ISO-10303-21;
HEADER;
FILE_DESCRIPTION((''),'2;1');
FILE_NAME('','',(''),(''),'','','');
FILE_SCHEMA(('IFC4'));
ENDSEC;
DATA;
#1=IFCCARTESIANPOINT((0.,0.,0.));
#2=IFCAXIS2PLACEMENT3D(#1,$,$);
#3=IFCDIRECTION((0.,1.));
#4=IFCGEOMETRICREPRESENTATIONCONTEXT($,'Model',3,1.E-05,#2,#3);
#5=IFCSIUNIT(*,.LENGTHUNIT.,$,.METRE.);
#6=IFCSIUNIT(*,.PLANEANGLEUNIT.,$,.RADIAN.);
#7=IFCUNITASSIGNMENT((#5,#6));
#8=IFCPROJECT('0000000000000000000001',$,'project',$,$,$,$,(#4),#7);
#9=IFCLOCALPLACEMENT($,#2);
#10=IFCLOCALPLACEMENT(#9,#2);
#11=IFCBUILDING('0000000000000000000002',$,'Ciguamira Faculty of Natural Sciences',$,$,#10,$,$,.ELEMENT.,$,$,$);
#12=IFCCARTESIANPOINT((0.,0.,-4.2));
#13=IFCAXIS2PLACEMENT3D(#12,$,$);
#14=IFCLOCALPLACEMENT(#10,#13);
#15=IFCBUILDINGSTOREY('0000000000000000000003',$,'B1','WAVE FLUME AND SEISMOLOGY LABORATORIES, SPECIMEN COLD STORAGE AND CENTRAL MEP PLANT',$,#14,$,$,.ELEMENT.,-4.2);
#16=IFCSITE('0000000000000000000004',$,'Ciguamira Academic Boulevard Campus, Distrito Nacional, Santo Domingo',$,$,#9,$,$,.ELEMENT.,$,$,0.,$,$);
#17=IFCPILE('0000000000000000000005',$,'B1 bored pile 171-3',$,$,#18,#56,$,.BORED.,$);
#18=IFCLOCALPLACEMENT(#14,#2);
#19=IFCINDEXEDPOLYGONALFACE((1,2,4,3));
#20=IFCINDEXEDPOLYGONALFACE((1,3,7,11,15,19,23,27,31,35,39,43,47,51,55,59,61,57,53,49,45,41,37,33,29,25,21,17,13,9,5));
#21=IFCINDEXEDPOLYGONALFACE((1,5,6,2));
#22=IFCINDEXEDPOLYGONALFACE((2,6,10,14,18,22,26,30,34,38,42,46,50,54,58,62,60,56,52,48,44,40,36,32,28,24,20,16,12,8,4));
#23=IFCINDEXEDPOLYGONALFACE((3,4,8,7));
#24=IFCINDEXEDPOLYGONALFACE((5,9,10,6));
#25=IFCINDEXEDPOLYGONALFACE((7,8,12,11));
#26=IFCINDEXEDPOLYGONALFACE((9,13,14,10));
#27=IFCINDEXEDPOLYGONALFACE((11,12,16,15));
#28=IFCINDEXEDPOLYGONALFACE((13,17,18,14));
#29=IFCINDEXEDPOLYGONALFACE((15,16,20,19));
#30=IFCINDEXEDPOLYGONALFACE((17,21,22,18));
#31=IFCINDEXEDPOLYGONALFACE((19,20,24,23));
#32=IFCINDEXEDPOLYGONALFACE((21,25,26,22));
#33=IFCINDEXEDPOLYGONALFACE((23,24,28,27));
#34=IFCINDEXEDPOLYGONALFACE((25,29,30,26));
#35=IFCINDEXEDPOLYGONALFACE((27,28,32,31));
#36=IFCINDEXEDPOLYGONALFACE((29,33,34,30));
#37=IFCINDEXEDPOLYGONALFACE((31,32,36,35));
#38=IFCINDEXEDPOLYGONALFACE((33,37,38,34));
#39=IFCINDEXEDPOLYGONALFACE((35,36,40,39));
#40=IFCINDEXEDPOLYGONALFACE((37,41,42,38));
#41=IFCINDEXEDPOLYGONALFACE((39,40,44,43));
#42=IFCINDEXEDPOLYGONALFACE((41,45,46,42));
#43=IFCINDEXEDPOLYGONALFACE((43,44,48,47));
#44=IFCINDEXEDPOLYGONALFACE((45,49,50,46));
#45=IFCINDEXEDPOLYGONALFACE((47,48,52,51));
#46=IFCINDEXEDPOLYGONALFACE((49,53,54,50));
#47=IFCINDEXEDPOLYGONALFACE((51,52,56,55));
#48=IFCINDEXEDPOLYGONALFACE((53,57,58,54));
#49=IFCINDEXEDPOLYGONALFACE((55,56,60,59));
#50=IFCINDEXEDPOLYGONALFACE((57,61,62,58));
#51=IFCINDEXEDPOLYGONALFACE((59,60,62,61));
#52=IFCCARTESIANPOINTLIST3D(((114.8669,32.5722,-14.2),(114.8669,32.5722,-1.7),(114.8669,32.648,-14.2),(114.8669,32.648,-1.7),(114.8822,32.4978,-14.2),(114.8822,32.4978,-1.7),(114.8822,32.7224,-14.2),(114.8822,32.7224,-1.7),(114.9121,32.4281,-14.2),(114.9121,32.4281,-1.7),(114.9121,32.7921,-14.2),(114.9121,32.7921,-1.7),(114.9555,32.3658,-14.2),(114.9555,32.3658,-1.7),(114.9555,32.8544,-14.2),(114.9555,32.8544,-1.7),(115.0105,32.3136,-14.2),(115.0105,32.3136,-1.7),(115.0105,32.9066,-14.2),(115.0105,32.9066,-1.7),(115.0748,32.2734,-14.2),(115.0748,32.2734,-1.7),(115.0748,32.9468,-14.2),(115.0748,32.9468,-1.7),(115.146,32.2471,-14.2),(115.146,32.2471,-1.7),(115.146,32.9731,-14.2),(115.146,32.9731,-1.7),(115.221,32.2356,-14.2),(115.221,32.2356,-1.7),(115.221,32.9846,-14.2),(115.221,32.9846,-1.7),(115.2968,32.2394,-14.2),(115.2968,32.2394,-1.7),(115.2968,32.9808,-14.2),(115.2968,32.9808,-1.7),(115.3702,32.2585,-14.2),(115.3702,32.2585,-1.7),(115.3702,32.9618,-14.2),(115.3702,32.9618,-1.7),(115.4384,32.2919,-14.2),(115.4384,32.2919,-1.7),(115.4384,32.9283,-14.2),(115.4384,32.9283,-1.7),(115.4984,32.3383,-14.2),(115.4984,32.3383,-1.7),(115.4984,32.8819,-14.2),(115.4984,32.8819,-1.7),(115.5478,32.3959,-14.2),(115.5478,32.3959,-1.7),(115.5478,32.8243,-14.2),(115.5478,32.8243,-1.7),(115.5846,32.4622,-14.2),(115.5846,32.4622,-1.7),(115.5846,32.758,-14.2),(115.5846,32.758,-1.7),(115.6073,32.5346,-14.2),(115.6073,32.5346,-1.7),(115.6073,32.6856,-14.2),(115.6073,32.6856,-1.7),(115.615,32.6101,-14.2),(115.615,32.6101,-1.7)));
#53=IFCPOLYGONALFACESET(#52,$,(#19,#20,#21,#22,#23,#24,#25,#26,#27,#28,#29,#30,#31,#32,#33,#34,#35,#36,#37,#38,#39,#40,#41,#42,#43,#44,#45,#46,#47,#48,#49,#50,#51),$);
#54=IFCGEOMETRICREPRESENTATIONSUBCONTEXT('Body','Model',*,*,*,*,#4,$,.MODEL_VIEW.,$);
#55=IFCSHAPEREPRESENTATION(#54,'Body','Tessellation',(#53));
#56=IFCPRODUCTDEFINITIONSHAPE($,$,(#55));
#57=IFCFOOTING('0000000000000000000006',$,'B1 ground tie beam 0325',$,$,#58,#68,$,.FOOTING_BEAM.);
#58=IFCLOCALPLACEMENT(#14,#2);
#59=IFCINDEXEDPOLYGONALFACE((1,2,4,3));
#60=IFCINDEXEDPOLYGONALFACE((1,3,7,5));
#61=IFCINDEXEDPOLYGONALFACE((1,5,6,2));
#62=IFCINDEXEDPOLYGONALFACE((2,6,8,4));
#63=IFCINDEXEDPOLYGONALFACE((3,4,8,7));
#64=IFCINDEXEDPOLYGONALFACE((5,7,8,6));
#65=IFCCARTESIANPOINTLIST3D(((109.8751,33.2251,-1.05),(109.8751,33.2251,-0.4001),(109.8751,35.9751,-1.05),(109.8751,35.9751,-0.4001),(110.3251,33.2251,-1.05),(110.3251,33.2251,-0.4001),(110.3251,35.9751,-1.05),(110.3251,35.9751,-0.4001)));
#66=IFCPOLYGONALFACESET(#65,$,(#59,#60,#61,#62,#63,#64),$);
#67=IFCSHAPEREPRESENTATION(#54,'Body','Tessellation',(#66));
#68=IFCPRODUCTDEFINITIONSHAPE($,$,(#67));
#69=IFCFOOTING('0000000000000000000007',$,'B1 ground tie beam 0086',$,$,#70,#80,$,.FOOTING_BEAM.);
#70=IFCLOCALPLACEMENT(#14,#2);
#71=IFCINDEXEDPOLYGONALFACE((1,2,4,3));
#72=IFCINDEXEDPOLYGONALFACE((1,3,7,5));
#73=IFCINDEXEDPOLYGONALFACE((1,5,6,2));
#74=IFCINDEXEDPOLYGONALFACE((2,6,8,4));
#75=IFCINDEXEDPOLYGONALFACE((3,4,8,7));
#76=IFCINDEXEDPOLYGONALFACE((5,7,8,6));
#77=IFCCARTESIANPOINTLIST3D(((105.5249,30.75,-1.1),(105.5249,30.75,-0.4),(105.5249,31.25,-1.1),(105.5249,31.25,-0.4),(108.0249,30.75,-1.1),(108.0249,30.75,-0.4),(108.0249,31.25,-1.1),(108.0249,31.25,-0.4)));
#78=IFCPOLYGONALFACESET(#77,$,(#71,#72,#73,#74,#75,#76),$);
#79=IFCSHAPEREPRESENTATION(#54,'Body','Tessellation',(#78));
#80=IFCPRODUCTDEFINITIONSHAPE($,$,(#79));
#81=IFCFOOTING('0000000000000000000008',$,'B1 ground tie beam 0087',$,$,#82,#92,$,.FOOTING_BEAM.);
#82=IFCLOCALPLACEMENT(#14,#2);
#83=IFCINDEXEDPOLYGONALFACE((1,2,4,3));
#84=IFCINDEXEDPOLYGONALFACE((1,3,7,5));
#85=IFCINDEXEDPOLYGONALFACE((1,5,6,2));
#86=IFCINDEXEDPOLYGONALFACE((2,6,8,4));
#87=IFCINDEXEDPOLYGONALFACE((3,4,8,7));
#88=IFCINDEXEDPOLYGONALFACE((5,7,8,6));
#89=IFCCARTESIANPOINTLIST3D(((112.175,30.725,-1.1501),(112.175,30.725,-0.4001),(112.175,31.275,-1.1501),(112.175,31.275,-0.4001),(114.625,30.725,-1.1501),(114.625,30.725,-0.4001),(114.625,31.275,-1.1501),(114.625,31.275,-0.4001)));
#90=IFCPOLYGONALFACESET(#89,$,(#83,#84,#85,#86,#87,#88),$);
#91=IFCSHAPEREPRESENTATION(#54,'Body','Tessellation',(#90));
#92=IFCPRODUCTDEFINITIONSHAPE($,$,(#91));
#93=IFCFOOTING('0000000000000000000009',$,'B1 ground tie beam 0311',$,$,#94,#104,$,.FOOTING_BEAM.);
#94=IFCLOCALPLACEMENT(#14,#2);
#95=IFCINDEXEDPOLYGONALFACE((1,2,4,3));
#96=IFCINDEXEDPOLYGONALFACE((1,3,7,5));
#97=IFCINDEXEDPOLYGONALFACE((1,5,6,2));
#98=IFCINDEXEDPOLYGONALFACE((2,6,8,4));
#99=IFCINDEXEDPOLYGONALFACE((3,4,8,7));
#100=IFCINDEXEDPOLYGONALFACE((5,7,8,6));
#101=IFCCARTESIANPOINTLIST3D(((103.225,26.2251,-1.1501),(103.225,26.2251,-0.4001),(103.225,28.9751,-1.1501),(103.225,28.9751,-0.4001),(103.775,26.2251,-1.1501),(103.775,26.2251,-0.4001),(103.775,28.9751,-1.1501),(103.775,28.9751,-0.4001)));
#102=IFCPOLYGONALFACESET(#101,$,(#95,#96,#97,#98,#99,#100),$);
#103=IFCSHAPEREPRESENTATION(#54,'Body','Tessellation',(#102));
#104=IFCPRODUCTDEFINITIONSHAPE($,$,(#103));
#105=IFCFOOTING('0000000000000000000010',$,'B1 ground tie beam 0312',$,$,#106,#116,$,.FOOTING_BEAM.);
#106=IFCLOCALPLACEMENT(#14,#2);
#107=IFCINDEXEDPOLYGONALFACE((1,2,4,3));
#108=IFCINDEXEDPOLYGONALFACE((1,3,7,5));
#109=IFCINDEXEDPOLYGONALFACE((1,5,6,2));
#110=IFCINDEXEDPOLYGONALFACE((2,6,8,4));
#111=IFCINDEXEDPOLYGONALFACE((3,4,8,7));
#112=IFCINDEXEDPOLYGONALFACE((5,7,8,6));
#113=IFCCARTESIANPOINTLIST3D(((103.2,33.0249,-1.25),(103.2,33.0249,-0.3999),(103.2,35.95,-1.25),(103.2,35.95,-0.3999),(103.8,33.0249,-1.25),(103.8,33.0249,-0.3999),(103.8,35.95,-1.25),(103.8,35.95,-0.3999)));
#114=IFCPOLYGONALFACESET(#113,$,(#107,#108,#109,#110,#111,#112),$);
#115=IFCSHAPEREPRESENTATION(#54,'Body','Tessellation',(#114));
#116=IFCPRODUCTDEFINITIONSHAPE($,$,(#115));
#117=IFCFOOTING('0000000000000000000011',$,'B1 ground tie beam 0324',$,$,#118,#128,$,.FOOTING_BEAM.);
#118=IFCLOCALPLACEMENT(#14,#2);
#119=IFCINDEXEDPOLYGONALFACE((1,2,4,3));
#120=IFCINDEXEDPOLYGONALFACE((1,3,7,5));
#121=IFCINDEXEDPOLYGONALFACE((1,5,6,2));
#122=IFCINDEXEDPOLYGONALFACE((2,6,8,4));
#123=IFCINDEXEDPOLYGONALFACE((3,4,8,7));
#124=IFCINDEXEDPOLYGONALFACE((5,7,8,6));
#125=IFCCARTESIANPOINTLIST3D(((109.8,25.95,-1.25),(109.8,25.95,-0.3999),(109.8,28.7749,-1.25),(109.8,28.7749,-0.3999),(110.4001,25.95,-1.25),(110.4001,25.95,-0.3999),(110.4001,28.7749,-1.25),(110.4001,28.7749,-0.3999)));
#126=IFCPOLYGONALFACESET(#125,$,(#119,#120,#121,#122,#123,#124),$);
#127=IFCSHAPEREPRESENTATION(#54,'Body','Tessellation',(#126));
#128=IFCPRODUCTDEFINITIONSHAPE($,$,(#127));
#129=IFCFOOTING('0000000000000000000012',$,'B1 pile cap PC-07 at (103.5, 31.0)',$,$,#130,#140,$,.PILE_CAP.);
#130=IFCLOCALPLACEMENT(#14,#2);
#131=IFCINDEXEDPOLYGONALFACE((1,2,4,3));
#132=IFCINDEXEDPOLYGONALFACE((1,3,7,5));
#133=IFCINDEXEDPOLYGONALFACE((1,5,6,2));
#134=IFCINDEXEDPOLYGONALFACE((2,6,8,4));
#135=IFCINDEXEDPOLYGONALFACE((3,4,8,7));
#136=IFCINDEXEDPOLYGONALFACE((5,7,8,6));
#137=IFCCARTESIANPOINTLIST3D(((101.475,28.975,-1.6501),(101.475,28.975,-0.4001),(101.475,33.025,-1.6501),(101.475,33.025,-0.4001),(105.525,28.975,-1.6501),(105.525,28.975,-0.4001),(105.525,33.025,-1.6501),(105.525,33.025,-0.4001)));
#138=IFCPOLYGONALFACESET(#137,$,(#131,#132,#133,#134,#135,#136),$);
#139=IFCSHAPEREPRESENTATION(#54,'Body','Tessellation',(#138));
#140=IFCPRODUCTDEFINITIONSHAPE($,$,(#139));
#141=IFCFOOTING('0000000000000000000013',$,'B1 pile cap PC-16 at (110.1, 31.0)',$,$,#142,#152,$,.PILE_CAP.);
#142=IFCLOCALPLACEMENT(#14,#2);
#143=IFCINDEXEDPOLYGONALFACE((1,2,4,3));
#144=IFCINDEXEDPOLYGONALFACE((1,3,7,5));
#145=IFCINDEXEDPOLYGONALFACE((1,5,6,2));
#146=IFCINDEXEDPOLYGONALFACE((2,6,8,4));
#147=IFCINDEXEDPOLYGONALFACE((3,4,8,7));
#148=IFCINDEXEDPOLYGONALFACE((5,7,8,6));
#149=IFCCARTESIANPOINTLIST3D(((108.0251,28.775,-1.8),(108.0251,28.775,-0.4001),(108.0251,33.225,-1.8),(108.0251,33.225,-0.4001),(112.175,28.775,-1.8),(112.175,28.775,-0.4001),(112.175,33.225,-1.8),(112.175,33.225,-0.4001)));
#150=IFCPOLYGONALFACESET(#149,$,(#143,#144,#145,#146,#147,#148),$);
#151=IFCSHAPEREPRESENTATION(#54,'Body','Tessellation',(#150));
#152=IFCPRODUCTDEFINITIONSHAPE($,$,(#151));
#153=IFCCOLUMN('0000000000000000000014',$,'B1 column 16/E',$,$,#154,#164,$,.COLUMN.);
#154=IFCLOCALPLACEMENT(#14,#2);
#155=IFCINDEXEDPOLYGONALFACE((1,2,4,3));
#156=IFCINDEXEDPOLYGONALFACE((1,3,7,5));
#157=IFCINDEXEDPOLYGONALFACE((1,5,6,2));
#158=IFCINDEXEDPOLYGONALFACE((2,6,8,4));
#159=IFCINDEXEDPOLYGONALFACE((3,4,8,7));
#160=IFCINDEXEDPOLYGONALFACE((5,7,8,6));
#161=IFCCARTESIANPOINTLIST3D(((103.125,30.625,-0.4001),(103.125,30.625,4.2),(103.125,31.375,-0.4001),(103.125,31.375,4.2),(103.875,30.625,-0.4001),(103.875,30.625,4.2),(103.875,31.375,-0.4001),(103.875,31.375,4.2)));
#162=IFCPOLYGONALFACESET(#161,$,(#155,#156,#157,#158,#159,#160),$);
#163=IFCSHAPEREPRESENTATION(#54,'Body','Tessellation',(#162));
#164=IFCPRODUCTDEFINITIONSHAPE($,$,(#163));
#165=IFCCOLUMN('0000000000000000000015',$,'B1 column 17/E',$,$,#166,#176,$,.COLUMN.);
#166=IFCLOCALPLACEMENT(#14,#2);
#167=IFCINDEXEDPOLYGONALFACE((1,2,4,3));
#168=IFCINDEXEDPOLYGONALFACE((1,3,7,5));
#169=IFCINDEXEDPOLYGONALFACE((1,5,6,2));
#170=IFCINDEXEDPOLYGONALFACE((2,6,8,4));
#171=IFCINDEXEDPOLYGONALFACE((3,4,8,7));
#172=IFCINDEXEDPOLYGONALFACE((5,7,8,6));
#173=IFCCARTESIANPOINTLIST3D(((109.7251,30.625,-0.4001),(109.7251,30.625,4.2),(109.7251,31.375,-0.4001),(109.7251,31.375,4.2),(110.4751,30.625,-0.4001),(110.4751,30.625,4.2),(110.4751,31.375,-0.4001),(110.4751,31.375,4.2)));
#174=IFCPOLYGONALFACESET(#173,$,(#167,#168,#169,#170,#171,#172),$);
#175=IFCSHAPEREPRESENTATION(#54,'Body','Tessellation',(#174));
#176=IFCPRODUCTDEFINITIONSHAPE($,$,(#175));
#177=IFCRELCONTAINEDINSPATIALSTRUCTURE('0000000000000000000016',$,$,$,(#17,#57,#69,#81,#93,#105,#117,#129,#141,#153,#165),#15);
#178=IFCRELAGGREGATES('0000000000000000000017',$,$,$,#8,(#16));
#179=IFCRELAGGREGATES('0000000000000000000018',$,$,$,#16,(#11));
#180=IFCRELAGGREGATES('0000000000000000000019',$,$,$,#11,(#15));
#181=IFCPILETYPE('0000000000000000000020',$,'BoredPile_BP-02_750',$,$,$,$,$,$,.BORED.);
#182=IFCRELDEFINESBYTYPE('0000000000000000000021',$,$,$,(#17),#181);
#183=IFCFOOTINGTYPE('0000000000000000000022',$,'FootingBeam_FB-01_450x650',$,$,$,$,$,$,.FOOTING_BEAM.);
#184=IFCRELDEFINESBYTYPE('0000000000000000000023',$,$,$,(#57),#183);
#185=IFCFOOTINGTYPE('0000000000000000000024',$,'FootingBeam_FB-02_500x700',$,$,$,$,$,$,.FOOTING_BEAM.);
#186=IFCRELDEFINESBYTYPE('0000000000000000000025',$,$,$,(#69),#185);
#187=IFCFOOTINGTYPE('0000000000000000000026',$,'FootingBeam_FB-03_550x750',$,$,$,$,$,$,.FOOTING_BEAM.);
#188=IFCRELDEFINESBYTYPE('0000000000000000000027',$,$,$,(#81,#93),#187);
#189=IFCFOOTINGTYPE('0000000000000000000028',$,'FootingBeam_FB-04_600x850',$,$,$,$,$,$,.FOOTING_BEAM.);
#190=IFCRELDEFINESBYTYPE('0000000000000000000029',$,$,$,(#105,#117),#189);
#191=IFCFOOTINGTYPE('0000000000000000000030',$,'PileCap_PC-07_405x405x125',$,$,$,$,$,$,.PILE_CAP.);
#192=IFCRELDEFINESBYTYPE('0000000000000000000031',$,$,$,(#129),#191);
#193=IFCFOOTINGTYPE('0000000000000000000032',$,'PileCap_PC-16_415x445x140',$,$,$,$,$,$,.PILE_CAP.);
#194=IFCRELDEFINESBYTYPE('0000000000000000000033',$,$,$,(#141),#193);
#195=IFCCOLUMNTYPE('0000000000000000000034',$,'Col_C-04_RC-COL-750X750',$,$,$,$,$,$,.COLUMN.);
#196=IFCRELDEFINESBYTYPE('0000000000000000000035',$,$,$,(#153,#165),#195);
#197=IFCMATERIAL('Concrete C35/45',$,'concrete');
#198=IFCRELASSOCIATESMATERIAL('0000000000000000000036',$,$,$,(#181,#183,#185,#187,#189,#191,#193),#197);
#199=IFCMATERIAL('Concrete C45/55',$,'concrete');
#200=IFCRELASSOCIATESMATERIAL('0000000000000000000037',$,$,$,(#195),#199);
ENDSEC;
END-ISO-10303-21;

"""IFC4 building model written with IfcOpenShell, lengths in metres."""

from ifc_helpers import new_model, si_unit, direction, frame, origin, origin_2d, place, context, subcontext, project, spatial, rectangle, circle, extrude, material, material_profile, profile_set, type_object, element, save


model = new_model("IFC4")

# Units and contexts
model_context = context("Model", 3, precision=1e-05, world=origin(), true_north=direction((0.0, 1.0)))
body_context = subcontext(model_context, "Body", "Model", "MODEL_VIEW")
ifc_project = project(units=[si_unit("LENGTHUNIT", "METRE"), si_unit("PLANEANGLEUNIT", "RADIAN")], contexts=[model_context])

# Site, building, storey
site_placement = place(None, origin())
site = spatial("IfcSite", under=ifc_project, at=site_placement, Name="Ciguamira Academic Boulevard Campus, Distrito Nacional, Santo Domingo", CompositionType="ELEMENT", RefElevation=0.0)
building_placement = place(site_placement, origin())
building = spatial("IfcBuilding", under=site, at=building_placement, Name="Ciguamira Faculty of Natural Sciences", CompositionType="ELEMENT")
storey_placement = place(building_placement, frame((0.0, 0.0, -4.2)))
storey = spatial("IfcBuildingStorey", under=building, at=storey_placement, Name="B1", Description="WAVE FLUME AND SEISMOLOGY LABORATORIES, SPECIMEN COLD STORAGE AND CENTRAL MEP PLANT", CompositionType="ELEMENT", Elevation=-4.2)

# Pile
ifc_material_1 = material(Name="Concrete C35/45", Category="concrete")
ifc_material_profile_1 = material_profile(ifc_material_1, circle(Radius=0.375, at=origin_2d()), Name="PILE-BORED-750")
ifc_profile_set_1 = profile_set([ifc_material_profile_1], Name="Concrete C35/45")
pile_type = type_object("IfcPileType", Name="BoredPile_BP-02_750", PredefinedType="BORED", material=ifc_profile_set_1)
for number, where, z_axis, x_axis, name in (
    (1, (115.24, 32.6101, -1.7), (0.0, 0.0, -1.0), (1.0, 0.0, 0.0), "B1 bored pile 171-3"),
):
    element("IfcPile", number, at=place(storey_placement, frame(where, z_axis=z_axis, x_axis=x_axis)), inside=storey, type_object=pile_type, Name=name, PredefinedType="BORED", context=body_context, shape_type="SweptSolid", body=[
        extrude(circle(Radius=0.375, at=origin_2d()), origin(), (0.0, 0.0, 1.0), 12.5),
    ])

# Footings
ifc_material_profile_2 = material_profile(ifc_material_1, rectangle(XDim=0.45, YDim=0.6499, at=origin_2d()), Name="RC-FB-450X650")
ifc_profile_set_2 = profile_set([ifc_material_profile_2], Name="Concrete C35/45")
footing_type_1 = type_object("IfcFootingType", Name="FootingBeam_FB-01_450x650", PredefinedType="FOOTING_BEAM", material=ifc_profile_set_2)
footing_1_placement = place(storey_placement, frame((110.1001, 33.2251, -0.7251), z_axis=(0.0, 1.0, 0.0), x_axis=(-1.0, 0.0, 0.0)))
element("IfcFooting", 2, at=footing_1_placement, inside=storey, type_object=footing_type_1, Name="B1 ground tie beam 0325", PredefinedType="FOOTING_BEAM", context=body_context, shape_type="SweptSolid", body=[
    extrude(rectangle(XDim=0.45, YDim=0.6499, at=origin_2d()), origin(), (0.0, 0.0, 1.0), 2.75),
])
ifc_material_profile_3 = material_profile(ifc_material_1, rectangle(XDim=0.5, YDim=0.7, at=origin_2d()), Name="RC-FB-500X700")
ifc_profile_set_3 = profile_set([ifc_material_profile_3], Name="Concrete C35/45")
footing_type_2 = type_object("IfcFootingType", Name="FootingBeam_FB-02_500x700", PredefinedType="FOOTING_BEAM", material=ifc_profile_set_3)
footing_2_placement = place(storey_placement, frame((105.5249, 31.0, -0.75), z_axis=(1.0, 0.0, 0.0), x_axis=(0.0, 1.0, 0.0)))
element("IfcFooting", 3, at=footing_2_placement, inside=storey, type_object=footing_type_2, Name="B1 ground tie beam 0086", PredefinedType="FOOTING_BEAM", context=body_context, shape_type="SweptSolid", body=[
    extrude(rectangle(XDim=0.5, YDim=0.7, at=origin_2d()), origin(), (0.0, 0.0, 1.0), 2.5),
])
ifc_material_profile_4 = material_profile(ifc_material_1, rectangle(XDim=0.55, YDim=0.75, at=origin_2d()), Name="RC-FB-550X750")
ifc_profile_set_4 = profile_set([ifc_material_profile_4], Name="Concrete C35/45")
footing_type_3 = type_object("IfcFootingType", Name="FootingBeam_FB-03_550x750", PredefinedType="FOOTING_BEAM", material=ifc_profile_set_4)
footing_3_placement = place(storey_placement, frame((112.175, 31.0, -0.7751), z_axis=(1.0, 0.0, 0.0), x_axis=(0.0, 1.0, 0.0)))
element("IfcFooting", 4, at=footing_3_placement, inside=storey, type_object=footing_type_3, Name="B1 ground tie beam 0087", PredefinedType="FOOTING_BEAM", context=body_context, shape_type="SweptSolid", body=[
    extrude(rectangle(XDim=0.55, YDim=0.75, at=origin_2d()), origin(), (0.0, 0.0, 1.0), 2.45),
])
footing_4_placement = place(storey_placement, frame((103.5, 26.2251, -0.7751), z_axis=(0.0, 1.0, 0.0), x_axis=(-1.0, 0.0, 0.0)))
element("IfcFooting", 5, at=footing_4_placement, inside=storey, type_object=footing_type_3, Name="B1 ground tie beam 0311", PredefinedType="FOOTING_BEAM", context=body_context, shape_type="SweptSolid", body=[
    extrude(rectangle(XDim=0.55, YDim=0.75, at=origin_2d()), origin(), (0.0, 0.0, 1.0), 2.75),
])
ifc_material_profile_5 = material_profile(ifc_material_1, rectangle(XDim=0.6001, YDim=0.8501, at=origin_2d()), Name="RC-FB-600X850")
ifc_profile_set_5 = profile_set([ifc_material_profile_5], Name="Concrete C35/45")
footing_type_4 = type_object("IfcFootingType", Name="FootingBeam_FB-04_600x850", PredefinedType="FOOTING_BEAM", material=ifc_profile_set_5)
footing_5_placement = place(storey_placement, frame((103.5, 33.0249, -0.825), z_axis=(0.0, 1.0, 0.0), x_axis=(-1.0, 0.0, 0.0)))
element("IfcFooting", 6, at=footing_5_placement, inside=storey, type_object=footing_type_4, Name="B1 ground tie beam 0312", PredefinedType="FOOTING_BEAM", context=body_context, shape_type="SweptSolid", body=[
    extrude(rectangle(XDim=0.6001, YDim=0.8501, at=origin_2d()), origin(), (0.0, 0.0, 1.0), 2.925),
])
footing_6_placement = place(storey_placement, frame((110.1001, 25.95, -0.825), z_axis=(0.0, 1.0, 0.0), x_axis=(-1.0, 0.0, 0.0)))
element("IfcFooting", 7, at=footing_6_placement, inside=storey, type_object=footing_type_4, Name="B1 ground tie beam 0324", PredefinedType="FOOTING_BEAM", context=body_context, shape_type="SweptSolid", body=[
    extrude(rectangle(XDim=0.6001, YDim=0.8501, at=origin_2d()), origin(), (0.0, 0.0, 1.0), 2.825),
])
footing_type_5 = type_object("IfcFootingType", Name="PileCap_PC-07_405x405x125", PredefinedType="PILE_CAP", material=ifc_material_1)
footing_7_placement = place(storey_placement, frame((103.5, 31.0, -1.6501), z_axis=(0.0, 0.0, 1.0), x_axis=(1.0, 0.0, 0.0)))
element("IfcFooting", 8, at=footing_7_placement, inside=storey, type_object=footing_type_5, Name="B1 pile cap PC-07 at (103.5, 31.0)", PredefinedType="PILE_CAP", context=body_context, shape_type="SweptSolid", body=[
    extrude(rectangle(XDim=4.05, YDim=4.05, at=origin_2d()), origin(), (0.0, 0.0, 1.0), 1.25),
])
footing_type_6 = type_object("IfcFootingType", Name="PileCap_PC-16_415x445x140", PredefinedType="PILE_CAP", material=ifc_material_1)
footing_8_placement = place(storey_placement, frame((110.1001, 31.0, -1.8), z_axis=(0.0, 0.0, 1.0), x_axis=(1.0, 0.0, 0.0)))
element("IfcFooting", 9, at=footing_8_placement, inside=storey, type_object=footing_type_6, Name="B1 pile cap PC-16 at (110.1, 31.0)", PredefinedType="PILE_CAP", context=body_context, shape_type="SweptSolid", body=[
    extrude(rectangle(XDim=4.1499, YDim=4.45, at=origin_2d()), origin(), (0.0, 0.0, 1.0), 1.3999),
])

# Columns
ifc_material_2 = material(Name="Concrete C45/55", Category="concrete")
ifc_material_profile_6 = material_profile(ifc_material_2, rectangle(XDim=0.75, YDim=0.75, at=origin_2d()), Name="RC-COL-750X750")
ifc_profile_set_6 = profile_set([ifc_material_profile_6], Name="Concrete C45/55")
column_type = type_object("IfcColumnType", Name="Col_C-04_RC-COL-750X750", PredefinedType="COLUMN", material=ifc_profile_set_6)
for number, where, z_axis, x_axis, name in (
    (10, (103.5, 31.0, -0.4001), (0.0, 0.0, 1.0), (1.0, 0.0, 0.0), "B1 column 16/E"),
    (11, (110.1001, 31.0, -0.4001), (0.0, 0.0, 1.0), (1.0, 0.0, 0.0), "B1 column 17/E"),
):
    element("IfcColumn", number, at=place(storey_placement, frame(where, z_axis=z_axis, x_axis=x_axis)), inside=storey, type_object=column_type, Name=name, PredefinedType="COLUMN", context=body_context, shape_type="SweptSolid", body=[
        extrude(rectangle(XDim=0.75, YDim=0.75, at=origin_2d()), origin(), (0.0, 0.0, 1.0), 4.6001),
    ])

save(model, "model.ifc")
